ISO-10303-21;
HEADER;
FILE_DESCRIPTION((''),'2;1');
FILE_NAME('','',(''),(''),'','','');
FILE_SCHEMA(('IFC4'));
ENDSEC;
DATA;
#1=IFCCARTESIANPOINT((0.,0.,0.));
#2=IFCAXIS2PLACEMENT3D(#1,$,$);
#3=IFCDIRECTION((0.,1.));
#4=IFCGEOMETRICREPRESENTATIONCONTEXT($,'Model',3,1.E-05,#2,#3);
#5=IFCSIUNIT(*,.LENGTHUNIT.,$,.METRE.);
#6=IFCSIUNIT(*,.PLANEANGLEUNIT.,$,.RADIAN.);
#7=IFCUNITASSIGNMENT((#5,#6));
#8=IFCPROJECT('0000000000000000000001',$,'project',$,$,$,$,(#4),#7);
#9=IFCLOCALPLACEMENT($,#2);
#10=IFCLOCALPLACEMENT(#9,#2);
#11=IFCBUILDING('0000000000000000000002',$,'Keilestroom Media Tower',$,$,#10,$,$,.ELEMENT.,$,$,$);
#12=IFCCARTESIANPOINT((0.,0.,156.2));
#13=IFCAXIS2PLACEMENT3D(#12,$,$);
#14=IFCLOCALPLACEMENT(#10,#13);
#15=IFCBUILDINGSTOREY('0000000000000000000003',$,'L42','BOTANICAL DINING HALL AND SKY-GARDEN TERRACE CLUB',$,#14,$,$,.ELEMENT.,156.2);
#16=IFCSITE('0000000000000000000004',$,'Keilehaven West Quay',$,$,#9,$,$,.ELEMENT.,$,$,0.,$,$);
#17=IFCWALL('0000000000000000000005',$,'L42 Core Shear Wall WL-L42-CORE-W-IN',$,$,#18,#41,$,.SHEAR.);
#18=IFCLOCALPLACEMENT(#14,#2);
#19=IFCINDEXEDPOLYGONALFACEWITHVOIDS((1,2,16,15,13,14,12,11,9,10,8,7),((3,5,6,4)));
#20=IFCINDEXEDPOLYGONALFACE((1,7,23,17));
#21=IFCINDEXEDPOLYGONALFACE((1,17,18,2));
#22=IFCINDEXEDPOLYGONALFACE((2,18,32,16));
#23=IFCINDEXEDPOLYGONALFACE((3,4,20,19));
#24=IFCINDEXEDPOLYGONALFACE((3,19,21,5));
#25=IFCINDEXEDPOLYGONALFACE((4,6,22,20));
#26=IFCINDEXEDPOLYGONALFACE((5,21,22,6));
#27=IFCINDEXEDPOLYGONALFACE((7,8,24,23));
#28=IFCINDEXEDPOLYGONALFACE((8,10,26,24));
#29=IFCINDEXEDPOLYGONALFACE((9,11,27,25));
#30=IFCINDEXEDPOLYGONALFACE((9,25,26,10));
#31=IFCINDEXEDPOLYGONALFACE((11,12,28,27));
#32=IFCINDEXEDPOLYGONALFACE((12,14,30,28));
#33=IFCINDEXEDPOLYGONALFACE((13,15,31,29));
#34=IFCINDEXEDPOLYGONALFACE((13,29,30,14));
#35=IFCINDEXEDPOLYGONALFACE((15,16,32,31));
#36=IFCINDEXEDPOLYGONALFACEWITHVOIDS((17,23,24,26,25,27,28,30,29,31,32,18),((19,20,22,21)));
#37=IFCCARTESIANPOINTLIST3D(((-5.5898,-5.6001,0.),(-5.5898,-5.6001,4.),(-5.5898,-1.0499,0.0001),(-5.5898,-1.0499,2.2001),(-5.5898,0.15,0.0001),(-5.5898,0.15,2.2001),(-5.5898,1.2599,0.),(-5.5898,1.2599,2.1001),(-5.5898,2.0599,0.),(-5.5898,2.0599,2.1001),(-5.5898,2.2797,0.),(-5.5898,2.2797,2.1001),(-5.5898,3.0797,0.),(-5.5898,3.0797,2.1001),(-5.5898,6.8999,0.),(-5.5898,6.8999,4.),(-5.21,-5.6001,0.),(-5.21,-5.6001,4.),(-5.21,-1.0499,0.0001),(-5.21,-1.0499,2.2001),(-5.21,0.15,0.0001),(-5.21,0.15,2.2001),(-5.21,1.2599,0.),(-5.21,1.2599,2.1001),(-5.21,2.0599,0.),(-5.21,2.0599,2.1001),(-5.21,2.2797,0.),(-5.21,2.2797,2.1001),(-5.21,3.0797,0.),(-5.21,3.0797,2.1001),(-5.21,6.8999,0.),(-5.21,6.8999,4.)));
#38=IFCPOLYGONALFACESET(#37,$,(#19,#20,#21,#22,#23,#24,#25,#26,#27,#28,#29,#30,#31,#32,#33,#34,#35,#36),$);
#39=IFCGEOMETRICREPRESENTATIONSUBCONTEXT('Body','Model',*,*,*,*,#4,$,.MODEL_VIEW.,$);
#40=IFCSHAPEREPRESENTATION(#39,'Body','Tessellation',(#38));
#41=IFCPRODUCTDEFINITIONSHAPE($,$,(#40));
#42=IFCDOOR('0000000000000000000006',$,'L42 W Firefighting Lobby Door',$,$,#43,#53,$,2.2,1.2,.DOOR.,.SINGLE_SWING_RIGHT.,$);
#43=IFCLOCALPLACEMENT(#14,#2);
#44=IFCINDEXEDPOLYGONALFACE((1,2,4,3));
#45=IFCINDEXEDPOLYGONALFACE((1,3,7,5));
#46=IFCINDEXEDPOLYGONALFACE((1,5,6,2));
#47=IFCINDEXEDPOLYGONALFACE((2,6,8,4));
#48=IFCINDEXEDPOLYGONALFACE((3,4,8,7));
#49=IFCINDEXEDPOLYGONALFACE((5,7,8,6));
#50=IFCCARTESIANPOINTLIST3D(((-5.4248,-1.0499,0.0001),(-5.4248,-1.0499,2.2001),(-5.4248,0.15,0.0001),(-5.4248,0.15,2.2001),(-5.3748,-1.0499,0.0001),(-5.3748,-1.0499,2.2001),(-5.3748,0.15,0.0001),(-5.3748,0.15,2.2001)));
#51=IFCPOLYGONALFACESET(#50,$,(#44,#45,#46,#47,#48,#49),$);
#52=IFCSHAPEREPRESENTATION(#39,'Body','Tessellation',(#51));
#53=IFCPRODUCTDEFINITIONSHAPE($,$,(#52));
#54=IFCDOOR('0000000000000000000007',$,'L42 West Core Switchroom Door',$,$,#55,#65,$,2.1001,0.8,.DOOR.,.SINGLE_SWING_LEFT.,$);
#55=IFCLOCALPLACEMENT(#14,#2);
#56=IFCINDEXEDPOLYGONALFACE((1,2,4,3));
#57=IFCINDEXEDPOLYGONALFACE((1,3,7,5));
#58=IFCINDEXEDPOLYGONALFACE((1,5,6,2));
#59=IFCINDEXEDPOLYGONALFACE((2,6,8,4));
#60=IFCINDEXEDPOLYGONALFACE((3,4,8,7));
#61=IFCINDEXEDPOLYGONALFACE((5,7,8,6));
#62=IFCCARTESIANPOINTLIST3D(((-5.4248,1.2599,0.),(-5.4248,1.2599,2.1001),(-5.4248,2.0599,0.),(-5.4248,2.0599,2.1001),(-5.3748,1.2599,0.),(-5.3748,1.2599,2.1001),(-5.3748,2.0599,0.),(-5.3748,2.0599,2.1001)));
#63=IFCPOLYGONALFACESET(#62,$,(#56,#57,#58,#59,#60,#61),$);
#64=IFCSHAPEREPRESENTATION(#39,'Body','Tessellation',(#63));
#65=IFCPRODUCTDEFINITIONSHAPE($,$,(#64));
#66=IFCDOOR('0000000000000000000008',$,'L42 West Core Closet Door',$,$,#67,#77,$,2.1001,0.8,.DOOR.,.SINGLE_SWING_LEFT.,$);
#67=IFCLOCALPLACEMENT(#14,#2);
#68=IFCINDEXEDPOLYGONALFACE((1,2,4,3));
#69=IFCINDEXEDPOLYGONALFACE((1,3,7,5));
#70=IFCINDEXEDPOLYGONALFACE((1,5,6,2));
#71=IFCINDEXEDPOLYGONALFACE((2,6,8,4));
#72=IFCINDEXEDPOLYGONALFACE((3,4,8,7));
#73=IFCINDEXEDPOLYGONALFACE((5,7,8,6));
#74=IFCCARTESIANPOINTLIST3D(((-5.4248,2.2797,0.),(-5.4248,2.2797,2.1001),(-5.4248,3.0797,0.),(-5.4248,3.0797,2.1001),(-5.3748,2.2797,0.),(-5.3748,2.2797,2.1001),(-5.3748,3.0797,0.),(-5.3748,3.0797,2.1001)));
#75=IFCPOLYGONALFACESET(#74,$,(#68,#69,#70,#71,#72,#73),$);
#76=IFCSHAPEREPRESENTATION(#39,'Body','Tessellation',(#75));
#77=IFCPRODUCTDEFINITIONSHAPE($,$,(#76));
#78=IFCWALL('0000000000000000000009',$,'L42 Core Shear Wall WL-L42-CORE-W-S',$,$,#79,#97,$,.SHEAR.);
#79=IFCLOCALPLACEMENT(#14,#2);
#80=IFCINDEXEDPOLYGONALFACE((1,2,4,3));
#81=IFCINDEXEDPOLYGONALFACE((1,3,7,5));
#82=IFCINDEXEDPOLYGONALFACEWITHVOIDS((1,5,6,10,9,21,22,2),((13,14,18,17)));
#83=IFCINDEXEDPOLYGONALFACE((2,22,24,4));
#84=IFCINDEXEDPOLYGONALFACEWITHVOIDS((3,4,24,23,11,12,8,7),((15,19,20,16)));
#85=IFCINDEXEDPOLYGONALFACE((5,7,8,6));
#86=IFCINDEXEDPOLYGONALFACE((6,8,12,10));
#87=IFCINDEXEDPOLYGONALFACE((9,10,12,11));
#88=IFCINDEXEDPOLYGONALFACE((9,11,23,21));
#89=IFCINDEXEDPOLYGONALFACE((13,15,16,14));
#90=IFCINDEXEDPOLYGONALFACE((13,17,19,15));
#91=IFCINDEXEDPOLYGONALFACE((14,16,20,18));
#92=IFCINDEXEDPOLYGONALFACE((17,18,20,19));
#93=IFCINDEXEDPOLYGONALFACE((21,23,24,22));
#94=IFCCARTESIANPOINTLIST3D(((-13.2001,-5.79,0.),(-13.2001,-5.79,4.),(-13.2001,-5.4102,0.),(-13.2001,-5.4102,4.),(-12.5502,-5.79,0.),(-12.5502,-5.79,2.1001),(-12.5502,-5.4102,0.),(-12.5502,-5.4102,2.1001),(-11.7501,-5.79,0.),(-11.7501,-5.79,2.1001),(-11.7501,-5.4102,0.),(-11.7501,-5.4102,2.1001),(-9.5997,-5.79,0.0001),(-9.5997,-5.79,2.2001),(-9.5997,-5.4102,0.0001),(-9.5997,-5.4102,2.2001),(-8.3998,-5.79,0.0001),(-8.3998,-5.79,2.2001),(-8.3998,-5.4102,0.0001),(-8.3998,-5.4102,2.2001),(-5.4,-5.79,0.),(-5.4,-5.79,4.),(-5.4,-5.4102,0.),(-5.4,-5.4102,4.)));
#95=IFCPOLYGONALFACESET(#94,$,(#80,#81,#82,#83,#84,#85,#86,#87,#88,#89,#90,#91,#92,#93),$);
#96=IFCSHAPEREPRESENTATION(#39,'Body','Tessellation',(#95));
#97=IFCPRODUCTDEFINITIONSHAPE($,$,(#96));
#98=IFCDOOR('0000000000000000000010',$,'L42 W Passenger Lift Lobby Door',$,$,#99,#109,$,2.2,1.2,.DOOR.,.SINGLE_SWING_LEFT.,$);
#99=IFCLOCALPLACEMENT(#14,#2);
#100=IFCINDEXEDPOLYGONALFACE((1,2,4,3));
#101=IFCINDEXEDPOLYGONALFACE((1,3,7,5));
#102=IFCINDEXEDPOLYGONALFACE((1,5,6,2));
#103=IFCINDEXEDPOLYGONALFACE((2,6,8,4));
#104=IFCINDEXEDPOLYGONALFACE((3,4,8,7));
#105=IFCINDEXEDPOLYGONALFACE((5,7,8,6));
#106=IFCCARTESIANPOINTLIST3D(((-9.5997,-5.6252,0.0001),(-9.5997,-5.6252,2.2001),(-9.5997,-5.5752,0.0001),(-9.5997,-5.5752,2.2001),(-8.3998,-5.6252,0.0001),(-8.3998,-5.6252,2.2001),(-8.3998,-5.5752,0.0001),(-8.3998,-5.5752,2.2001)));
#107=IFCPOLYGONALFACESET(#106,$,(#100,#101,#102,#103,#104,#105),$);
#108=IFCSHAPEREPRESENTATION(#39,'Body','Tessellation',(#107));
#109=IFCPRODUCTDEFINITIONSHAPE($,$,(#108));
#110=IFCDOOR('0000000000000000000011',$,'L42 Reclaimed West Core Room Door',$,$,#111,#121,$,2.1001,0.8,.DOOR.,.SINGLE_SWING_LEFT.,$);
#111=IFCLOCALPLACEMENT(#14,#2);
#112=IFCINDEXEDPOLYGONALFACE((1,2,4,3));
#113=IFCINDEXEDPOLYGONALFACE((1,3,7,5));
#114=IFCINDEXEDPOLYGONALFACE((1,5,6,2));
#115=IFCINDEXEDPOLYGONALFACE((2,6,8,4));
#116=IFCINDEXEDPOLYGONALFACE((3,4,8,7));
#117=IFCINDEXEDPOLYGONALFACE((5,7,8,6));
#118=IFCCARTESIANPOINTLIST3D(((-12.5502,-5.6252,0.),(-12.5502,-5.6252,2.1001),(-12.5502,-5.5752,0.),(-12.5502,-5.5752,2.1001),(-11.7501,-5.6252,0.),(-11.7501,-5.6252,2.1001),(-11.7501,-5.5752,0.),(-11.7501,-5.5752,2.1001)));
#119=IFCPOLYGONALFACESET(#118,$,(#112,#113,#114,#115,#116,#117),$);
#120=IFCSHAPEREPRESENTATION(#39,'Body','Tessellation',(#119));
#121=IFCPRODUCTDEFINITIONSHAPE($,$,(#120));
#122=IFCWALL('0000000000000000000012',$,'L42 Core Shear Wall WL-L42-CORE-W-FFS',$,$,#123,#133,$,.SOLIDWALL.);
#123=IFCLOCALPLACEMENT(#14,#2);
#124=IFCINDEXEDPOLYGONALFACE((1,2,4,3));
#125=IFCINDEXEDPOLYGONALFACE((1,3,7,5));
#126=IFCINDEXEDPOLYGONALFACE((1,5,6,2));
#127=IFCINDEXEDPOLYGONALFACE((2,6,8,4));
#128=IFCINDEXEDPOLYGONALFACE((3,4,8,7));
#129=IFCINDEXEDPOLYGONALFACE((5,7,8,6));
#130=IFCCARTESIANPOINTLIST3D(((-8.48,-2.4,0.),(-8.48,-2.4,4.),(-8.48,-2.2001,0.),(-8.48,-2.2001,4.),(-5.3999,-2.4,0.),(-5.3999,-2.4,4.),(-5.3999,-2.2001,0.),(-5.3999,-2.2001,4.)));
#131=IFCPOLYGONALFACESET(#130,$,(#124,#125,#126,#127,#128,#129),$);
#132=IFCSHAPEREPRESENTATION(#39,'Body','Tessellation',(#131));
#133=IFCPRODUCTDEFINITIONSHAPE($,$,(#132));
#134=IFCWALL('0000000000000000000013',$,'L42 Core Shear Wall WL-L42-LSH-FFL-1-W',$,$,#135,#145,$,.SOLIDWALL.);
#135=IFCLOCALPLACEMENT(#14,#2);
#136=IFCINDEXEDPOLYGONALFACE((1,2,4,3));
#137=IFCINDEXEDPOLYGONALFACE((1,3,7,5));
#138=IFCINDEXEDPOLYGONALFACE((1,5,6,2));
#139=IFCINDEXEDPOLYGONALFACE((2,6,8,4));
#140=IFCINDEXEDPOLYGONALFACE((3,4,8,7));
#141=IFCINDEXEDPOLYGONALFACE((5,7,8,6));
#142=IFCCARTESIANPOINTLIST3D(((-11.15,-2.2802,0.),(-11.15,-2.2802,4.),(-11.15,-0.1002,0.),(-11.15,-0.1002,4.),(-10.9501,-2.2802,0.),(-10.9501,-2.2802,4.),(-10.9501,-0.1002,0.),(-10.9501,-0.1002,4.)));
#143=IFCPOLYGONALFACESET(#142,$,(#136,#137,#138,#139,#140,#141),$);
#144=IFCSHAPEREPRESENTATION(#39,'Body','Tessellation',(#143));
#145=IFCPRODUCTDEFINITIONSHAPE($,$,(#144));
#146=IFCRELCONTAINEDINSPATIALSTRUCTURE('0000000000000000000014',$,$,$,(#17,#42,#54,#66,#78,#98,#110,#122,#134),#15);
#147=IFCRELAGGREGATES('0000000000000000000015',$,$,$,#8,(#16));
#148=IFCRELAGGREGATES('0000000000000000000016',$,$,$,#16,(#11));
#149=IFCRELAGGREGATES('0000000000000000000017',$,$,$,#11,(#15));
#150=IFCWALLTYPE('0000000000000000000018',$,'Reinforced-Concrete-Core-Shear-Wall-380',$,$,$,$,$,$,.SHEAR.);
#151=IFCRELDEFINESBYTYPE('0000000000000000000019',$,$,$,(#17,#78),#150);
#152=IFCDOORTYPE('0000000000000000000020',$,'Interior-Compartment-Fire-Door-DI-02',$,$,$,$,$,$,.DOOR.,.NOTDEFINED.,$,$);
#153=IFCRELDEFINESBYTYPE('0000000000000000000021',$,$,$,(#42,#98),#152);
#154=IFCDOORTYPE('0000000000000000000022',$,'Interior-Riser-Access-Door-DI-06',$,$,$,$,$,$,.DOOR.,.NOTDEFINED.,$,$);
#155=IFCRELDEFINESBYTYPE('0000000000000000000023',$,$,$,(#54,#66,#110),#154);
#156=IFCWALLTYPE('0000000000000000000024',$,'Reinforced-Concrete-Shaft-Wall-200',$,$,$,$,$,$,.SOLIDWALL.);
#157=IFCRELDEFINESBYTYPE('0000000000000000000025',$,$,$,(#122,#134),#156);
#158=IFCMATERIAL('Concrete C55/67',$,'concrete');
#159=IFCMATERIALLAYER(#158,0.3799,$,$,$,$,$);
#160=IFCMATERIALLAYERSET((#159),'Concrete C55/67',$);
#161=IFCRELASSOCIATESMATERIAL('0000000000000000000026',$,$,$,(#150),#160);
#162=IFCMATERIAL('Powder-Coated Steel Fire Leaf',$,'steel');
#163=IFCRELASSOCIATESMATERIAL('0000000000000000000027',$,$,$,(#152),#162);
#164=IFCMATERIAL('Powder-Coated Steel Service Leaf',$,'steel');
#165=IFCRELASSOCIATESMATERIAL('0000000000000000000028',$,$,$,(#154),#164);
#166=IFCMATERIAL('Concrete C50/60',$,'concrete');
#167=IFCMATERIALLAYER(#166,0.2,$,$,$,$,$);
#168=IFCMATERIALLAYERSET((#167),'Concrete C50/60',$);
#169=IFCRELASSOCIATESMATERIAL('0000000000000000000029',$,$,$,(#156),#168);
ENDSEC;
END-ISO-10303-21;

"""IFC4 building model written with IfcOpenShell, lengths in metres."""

from ifc_helpers import new_model, si_unit, direction, frame, frame_2d, origin, place, context, subcontext, project, spatial, rectangle, extrude, source, transform, mapped, material, layer, layer_set, type_object, element, fill, save


model = new_model("IFC4")

# Units and contexts
model_context = context("Model", 3, precision=1e-05, world=origin(), true_north=direction((0.0, 1.0)))
body_context = subcontext(model_context, "Body", "Model", "MODEL_VIEW")
ifc_project = project(units=[si_unit("LENGTHUNIT", "METRE"), si_unit("PLANEANGLEUNIT", "RADIAN")], contexts=[model_context])

# Site, building, storey
site_placement = place(None, origin())
site = spatial("IfcSite", under=ifc_project, at=site_placement, Name="Keilehaven West Quay", CompositionType="ELEMENT", RefElevation=0.0)
building_placement = place(site_placement, origin())
building = spatial("IfcBuilding", under=site, at=building_placement, Name="Keilestroom Media Tower", CompositionType="ELEMENT")
storey_placement = place(building_placement, frame((0.0, 0.0, 156.2)))
storey = spatial("IfcBuildingStorey", under=building, at=storey_placement, Name="L42", Description="BOTANICAL DINING HALL AND SKY-GARDEN TERRACE CLUB", CompositionType="ELEMENT", Elevation=156.2)

# Shared definitions
ifc_material_1 = material(Name="Concrete C55/67", Category="concrete")
ifc_layer_1 = layer(ifc_material_1, 0.3799)
ifc_layer_set_1 = layer_set([ifc_layer_1], Name="Concrete C55/67")
wall_type_1 = type_object("IfcWallType", Name="Reinforced-Concrete-Core-Shear-Wall-380", PredefinedType="SHEAR", material=ifc_layer_set_1)

# Walls, openings, doors
wall_1_placement = place(storey_placement, frame((-5.3999, -5.6001, 0.0), z_axis=(0.0, 0.0, 1.0), x_axis=(0.0, 1.0, 0.0)))
wall_1 = element("IfcWall", 1, at=wall_1_placement, inside=storey, type_object=wall_type_1, Name="L42 Core Shear Wall WL-L42-CORE-W-IN", PredefinedType="SHEAR", context=body_context, shape_type="SweptSolid", body=[
    extrude(rectangle(XDim=12.5, YDim=0.3799, at=frame_2d((6.25, 0.0))), origin(), (0.0, 0.0, 1.0), 4.0),
])
opening_1_placement = place(wall_1_placement, frame((4.55, 0.0, 0.0)))
opening_1 = element("IfcOpeningElement", 2, at=opening_1_placement, cuts=wall_1, PredefinedType="OPENING", context=body_context, shape_type="SweptSolid", body=[
    extrude(rectangle(XDim=1.2, YDim=2.2, at=frame_2d((0.6001, 1.1001))), frame((0.0, 0.2, 0.0), z_axis=(0.0, -1.0, 0.0), x_axis=(1.0, 0.0, 0.0)), (0.0, 0.0, 1.0), 0.3999),
])
opening_2_placement = place(wall_1_placement, frame((6.8601, 0.0, 0.0)))
opening_2 = element("IfcOpeningElement", 3, at=opening_2_placement, cuts=wall_1, PredefinedType="OPENING", context=body_context, shape_type="SweptSolid", body=[
    extrude(rectangle(XDim=0.8, YDim=2.1001, at=frame_2d((0.3999, 1.05))), frame((0.0, 0.2, 0.0), z_axis=(0.0, -1.0, 0.0), x_axis=(1.0, 0.0, 0.0)), (0.0, 0.0, 1.0), 0.3999),
])
opening_3_placement = place(wall_1_placement, frame((7.8799, 0.0, 0.0)))
opening_3 = element("IfcOpeningElement", 4, at=opening_3_placement, cuts=wall_1, PredefinedType="OPENING", context=body_context, shape_type="SweptSolid", body=[
    extrude(rectangle(XDim=0.8, YDim=2.1001, at=frame_2d((0.3999, 1.05))), frame((0.0, 0.2, 0.0), z_axis=(0.0, -1.0, 0.0), x_axis=(1.0, 0.0, 0.0)), (0.0, 0.0, 1.0), 0.3999),
])
ifc_material_2 = material(Name="Powder-Coated Steel Fire Leaf", Category="steel")
door_type_1 = type_object("IfcDoorType", Name="Interior-Compartment-Fire-Door-DI-02", OperationType="NOTDEFINED", PredefinedType="DOOR", material=ifc_material_2)
shared_shape_1 = source(origin(), body_context, "Body", "SweptSolid", [
    extrude(rectangle(XDim=1.2, YDim=2.2, at=frame_2d((0.6001, 1.1001))), frame((0.0, 0.0249, 0.0), z_axis=(0.0, -1.0, 0.0), x_axis=(1.0, 0.0, 0.0)), (0.0, 0.0, 1.0), 0.05),
])
door_1_placement = place(opening_1_placement, origin())
door_1 = element("IfcDoor", 5, at=door_1_placement, inside=storey, type_object=door_type_1, Name="L42 W Firefighting Lobby Door", OperationType="SINGLE_SWING_RIGHT", OverallHeight=2.2, OverallWidth=1.2, PredefinedType="DOOR", context=body_context, shape_type="MappedRepresentation", body=[
    mapped(shared_shape_1, transform((0.0, 0.0, 0.0), x_axis=(1.0, 0.0, 0.0), y_axis=(0.0, 1.0, 0.0), z_axis=(0.0, 0.0, 1.0), scale=1.0)),
])
fill(opening_1, door_1)
ifc_material_3 = material(Name="Powder-Coated Steel Service Leaf", Category="steel")
door_type_2 = type_object("IfcDoorType", Name="Interior-Riser-Access-Door-DI-06", OperationType="NOTDEFINED", PredefinedType="DOOR", material=ifc_material_3)
shared_shape_2 = source(origin(), body_context, "Body", "SweptSolid", [
    extrude(rectangle(XDim=0.8, YDim=2.1001, at=frame_2d((0.3999, 1.05))), frame((0.0, 0.0249, 0.0), z_axis=(0.0, -1.0, 0.0), x_axis=(1.0, 0.0, 0.0)), (0.0, 0.0, 1.0), 0.05),
])
door_2_placement = place(opening_2_placement, origin())
door_2 = element("IfcDoor", 6, at=door_2_placement, inside=storey, type_object=door_type_2, Name="L42 West Core Switchroom Door", OperationType="SINGLE_SWING_LEFT", OverallHeight=2.1001, OverallWidth=0.8, PredefinedType="DOOR", context=body_context, shape_type="MappedRepresentation", body=[
    mapped(shared_shape_2, transform((0.0, 0.0, 0.0), x_axis=(1.0, 0.0, 0.0), y_axis=(0.0, 1.0, 0.0), z_axis=(0.0, 0.0, 1.0), scale=1.0)),
])
fill(opening_2, door_2)
door_3_placement = place(opening_3_placement, origin())
door_3 = element("IfcDoor", 7, at=door_3_placement, inside=storey, type_object=door_type_2, Name="L42 West Core Closet Door", OperationType="SINGLE_SWING_LEFT", OverallHeight=2.1001, OverallWidth=0.8, PredefinedType="DOOR", context=body_context, shape_type="MappedRepresentation", body=[
    mapped(shared_shape_2, transform((0.0, 0.0, 0.0), x_axis=(1.0, 0.0, 0.0), y_axis=(0.0, 1.0, 0.0), z_axis=(0.0, 0.0, 1.0), scale=1.0)),
])
fill(opening_3, door_3)
wall_2_placement = place(storey_placement, frame((-13.2, -5.6001, 0.0), z_axis=(0.0, 0.0, 1.0), x_axis=(1.0, 0.0, 0.0)))
wall_2 = element("IfcWall", 8, at=wall_2_placement, inside=storey, type_object=wall_type_1, Name="L42 Core Shear Wall WL-L42-CORE-W-S", PredefinedType="SHEAR", context=body_context, shape_type="SweptSolid", body=[
    extrude(rectangle(XDim=7.8, YDim=0.3799, at=frame_2d((3.8999, 0.0))), origin(), (0.0, 0.0, 1.0), 4.0),
])
opening_4_placement = place(wall_2_placement, frame((3.6001, 0.0, 0.0)))
opening_4 = element("IfcOpeningElement", 9, at=opening_4_placement, cuts=wall_2, PredefinedType="OPENING", context=body_context, shape_type="SweptSolid", body=[
    extrude(rectangle(XDim=1.2, YDim=2.2, at=frame_2d((0.6001, 1.1001))), frame((0.0, 0.2, 0.0), z_axis=(0.0, -1.0, 0.0), x_axis=(1.0, 0.0, 0.0)), (0.0, 0.0, 1.0), 0.3999),
])
opening_5_placement = place(wall_2_placement, frame((0.6499, 0.0, 0.0)))
opening_5 = element("IfcOpeningElement", 10, at=opening_5_placement, cuts=wall_2, PredefinedType="OPENING", context=body_context, shape_type="SweptSolid", body=[
    extrude(rectangle(XDim=0.8, YDim=2.1001, at=frame_2d((0.3999, 1.05))), frame((0.0, 0.2, 0.0), z_axis=(0.0, -1.0, 0.0), x_axis=(1.0, 0.0, 0.0)), (0.0, 0.0, 1.0), 0.3999),
])
door_4_placement = place(opening_4_placement, origin())
door_4 = element("IfcDoor", 11, at=door_4_placement, inside=storey, type_object=door_type_1, Name="L42 W Passenger Lift Lobby Door", OperationType="SINGLE_SWING_LEFT", OverallHeight=2.2, OverallWidth=1.2, PredefinedType="DOOR", context=body_context, shape_type="MappedRepresentation", body=[
    mapped(shared_shape_1, transform((0.0, 0.0, 0.0), x_axis=(1.0, 0.0, 0.0), y_axis=(0.0, 1.0, 0.0), z_axis=(0.0, 0.0, 1.0), scale=1.0)),
])
fill(opening_4, door_4)
door_5_placement = place(opening_5_placement, origin())
door_5 = element("IfcDoor", 12, at=door_5_placement, inside=storey, type_object=door_type_2, Name="L42 Reclaimed West Core Room Door", OperationType="SINGLE_SWING_LEFT", OverallHeight=2.1001, OverallWidth=0.8, PredefinedType="DOOR", context=body_context, shape_type="MappedRepresentation", body=[
    mapped(shared_shape_2, transform((0.0, 0.0, 0.0), x_axis=(1.0, 0.0, 0.0), y_axis=(0.0, 1.0, 0.0), z_axis=(0.0, 0.0, 1.0), scale=1.0)),
])
fill(opening_5, door_5)

# Walls
ifc_material_4 = material(Name="Concrete C50/60", Category="concrete")
ifc_layer_2 = layer(ifc_material_4, 0.2)
ifc_layer_set_2 = layer_set([ifc_layer_2], Name="Concrete C50/60")
wall_type_2 = type_object("IfcWallType", Name="Reinforced-Concrete-Shaft-Wall-200", PredefinedType="SOLIDWALL", material=ifc_layer_set_2)
wall_3_placement = place(storey_placement, frame((-8.48, -2.3, 0.0), z_axis=(0.0, 0.0, 1.0), x_axis=(1.0, 0.0, 0.0)))
element("IfcWall", 13, at=wall_3_placement, inside=storey, type_object=wall_type_2, Name="L42 Core Shear Wall WL-L42-CORE-W-FFS", PredefinedType="SOLIDWALL", context=body_context, shape_type="SweptSolid", body=[
    extrude(rectangle(XDim=3.0801, YDim=0.2, at=frame_2d((1.54, 0.0))), origin(), (0.0, 0.0, 1.0), 4.0),
])
wall_4_placement = place(storey_placement, frame((-11.05, -2.28, 0.0), z_axis=(0.0, 0.0, 1.0), x_axis=(0.0, 1.0, 0.0)))
element("IfcWall", 14, at=wall_4_placement, inside=storey, type_object=wall_type_2, Name="L42 Core Shear Wall WL-L42-LSH-FFL-1-W", PredefinedType="SOLIDWALL", context=body_context, shape_type="SweptSolid", body=[
    extrude(rectangle(XDim=2.1799, YDim=0.2, at=frame_2d((1.0898, 0.0))), origin(), (0.0, 0.0, 1.0), 4.0),
])

save(model, "model.ifc")
